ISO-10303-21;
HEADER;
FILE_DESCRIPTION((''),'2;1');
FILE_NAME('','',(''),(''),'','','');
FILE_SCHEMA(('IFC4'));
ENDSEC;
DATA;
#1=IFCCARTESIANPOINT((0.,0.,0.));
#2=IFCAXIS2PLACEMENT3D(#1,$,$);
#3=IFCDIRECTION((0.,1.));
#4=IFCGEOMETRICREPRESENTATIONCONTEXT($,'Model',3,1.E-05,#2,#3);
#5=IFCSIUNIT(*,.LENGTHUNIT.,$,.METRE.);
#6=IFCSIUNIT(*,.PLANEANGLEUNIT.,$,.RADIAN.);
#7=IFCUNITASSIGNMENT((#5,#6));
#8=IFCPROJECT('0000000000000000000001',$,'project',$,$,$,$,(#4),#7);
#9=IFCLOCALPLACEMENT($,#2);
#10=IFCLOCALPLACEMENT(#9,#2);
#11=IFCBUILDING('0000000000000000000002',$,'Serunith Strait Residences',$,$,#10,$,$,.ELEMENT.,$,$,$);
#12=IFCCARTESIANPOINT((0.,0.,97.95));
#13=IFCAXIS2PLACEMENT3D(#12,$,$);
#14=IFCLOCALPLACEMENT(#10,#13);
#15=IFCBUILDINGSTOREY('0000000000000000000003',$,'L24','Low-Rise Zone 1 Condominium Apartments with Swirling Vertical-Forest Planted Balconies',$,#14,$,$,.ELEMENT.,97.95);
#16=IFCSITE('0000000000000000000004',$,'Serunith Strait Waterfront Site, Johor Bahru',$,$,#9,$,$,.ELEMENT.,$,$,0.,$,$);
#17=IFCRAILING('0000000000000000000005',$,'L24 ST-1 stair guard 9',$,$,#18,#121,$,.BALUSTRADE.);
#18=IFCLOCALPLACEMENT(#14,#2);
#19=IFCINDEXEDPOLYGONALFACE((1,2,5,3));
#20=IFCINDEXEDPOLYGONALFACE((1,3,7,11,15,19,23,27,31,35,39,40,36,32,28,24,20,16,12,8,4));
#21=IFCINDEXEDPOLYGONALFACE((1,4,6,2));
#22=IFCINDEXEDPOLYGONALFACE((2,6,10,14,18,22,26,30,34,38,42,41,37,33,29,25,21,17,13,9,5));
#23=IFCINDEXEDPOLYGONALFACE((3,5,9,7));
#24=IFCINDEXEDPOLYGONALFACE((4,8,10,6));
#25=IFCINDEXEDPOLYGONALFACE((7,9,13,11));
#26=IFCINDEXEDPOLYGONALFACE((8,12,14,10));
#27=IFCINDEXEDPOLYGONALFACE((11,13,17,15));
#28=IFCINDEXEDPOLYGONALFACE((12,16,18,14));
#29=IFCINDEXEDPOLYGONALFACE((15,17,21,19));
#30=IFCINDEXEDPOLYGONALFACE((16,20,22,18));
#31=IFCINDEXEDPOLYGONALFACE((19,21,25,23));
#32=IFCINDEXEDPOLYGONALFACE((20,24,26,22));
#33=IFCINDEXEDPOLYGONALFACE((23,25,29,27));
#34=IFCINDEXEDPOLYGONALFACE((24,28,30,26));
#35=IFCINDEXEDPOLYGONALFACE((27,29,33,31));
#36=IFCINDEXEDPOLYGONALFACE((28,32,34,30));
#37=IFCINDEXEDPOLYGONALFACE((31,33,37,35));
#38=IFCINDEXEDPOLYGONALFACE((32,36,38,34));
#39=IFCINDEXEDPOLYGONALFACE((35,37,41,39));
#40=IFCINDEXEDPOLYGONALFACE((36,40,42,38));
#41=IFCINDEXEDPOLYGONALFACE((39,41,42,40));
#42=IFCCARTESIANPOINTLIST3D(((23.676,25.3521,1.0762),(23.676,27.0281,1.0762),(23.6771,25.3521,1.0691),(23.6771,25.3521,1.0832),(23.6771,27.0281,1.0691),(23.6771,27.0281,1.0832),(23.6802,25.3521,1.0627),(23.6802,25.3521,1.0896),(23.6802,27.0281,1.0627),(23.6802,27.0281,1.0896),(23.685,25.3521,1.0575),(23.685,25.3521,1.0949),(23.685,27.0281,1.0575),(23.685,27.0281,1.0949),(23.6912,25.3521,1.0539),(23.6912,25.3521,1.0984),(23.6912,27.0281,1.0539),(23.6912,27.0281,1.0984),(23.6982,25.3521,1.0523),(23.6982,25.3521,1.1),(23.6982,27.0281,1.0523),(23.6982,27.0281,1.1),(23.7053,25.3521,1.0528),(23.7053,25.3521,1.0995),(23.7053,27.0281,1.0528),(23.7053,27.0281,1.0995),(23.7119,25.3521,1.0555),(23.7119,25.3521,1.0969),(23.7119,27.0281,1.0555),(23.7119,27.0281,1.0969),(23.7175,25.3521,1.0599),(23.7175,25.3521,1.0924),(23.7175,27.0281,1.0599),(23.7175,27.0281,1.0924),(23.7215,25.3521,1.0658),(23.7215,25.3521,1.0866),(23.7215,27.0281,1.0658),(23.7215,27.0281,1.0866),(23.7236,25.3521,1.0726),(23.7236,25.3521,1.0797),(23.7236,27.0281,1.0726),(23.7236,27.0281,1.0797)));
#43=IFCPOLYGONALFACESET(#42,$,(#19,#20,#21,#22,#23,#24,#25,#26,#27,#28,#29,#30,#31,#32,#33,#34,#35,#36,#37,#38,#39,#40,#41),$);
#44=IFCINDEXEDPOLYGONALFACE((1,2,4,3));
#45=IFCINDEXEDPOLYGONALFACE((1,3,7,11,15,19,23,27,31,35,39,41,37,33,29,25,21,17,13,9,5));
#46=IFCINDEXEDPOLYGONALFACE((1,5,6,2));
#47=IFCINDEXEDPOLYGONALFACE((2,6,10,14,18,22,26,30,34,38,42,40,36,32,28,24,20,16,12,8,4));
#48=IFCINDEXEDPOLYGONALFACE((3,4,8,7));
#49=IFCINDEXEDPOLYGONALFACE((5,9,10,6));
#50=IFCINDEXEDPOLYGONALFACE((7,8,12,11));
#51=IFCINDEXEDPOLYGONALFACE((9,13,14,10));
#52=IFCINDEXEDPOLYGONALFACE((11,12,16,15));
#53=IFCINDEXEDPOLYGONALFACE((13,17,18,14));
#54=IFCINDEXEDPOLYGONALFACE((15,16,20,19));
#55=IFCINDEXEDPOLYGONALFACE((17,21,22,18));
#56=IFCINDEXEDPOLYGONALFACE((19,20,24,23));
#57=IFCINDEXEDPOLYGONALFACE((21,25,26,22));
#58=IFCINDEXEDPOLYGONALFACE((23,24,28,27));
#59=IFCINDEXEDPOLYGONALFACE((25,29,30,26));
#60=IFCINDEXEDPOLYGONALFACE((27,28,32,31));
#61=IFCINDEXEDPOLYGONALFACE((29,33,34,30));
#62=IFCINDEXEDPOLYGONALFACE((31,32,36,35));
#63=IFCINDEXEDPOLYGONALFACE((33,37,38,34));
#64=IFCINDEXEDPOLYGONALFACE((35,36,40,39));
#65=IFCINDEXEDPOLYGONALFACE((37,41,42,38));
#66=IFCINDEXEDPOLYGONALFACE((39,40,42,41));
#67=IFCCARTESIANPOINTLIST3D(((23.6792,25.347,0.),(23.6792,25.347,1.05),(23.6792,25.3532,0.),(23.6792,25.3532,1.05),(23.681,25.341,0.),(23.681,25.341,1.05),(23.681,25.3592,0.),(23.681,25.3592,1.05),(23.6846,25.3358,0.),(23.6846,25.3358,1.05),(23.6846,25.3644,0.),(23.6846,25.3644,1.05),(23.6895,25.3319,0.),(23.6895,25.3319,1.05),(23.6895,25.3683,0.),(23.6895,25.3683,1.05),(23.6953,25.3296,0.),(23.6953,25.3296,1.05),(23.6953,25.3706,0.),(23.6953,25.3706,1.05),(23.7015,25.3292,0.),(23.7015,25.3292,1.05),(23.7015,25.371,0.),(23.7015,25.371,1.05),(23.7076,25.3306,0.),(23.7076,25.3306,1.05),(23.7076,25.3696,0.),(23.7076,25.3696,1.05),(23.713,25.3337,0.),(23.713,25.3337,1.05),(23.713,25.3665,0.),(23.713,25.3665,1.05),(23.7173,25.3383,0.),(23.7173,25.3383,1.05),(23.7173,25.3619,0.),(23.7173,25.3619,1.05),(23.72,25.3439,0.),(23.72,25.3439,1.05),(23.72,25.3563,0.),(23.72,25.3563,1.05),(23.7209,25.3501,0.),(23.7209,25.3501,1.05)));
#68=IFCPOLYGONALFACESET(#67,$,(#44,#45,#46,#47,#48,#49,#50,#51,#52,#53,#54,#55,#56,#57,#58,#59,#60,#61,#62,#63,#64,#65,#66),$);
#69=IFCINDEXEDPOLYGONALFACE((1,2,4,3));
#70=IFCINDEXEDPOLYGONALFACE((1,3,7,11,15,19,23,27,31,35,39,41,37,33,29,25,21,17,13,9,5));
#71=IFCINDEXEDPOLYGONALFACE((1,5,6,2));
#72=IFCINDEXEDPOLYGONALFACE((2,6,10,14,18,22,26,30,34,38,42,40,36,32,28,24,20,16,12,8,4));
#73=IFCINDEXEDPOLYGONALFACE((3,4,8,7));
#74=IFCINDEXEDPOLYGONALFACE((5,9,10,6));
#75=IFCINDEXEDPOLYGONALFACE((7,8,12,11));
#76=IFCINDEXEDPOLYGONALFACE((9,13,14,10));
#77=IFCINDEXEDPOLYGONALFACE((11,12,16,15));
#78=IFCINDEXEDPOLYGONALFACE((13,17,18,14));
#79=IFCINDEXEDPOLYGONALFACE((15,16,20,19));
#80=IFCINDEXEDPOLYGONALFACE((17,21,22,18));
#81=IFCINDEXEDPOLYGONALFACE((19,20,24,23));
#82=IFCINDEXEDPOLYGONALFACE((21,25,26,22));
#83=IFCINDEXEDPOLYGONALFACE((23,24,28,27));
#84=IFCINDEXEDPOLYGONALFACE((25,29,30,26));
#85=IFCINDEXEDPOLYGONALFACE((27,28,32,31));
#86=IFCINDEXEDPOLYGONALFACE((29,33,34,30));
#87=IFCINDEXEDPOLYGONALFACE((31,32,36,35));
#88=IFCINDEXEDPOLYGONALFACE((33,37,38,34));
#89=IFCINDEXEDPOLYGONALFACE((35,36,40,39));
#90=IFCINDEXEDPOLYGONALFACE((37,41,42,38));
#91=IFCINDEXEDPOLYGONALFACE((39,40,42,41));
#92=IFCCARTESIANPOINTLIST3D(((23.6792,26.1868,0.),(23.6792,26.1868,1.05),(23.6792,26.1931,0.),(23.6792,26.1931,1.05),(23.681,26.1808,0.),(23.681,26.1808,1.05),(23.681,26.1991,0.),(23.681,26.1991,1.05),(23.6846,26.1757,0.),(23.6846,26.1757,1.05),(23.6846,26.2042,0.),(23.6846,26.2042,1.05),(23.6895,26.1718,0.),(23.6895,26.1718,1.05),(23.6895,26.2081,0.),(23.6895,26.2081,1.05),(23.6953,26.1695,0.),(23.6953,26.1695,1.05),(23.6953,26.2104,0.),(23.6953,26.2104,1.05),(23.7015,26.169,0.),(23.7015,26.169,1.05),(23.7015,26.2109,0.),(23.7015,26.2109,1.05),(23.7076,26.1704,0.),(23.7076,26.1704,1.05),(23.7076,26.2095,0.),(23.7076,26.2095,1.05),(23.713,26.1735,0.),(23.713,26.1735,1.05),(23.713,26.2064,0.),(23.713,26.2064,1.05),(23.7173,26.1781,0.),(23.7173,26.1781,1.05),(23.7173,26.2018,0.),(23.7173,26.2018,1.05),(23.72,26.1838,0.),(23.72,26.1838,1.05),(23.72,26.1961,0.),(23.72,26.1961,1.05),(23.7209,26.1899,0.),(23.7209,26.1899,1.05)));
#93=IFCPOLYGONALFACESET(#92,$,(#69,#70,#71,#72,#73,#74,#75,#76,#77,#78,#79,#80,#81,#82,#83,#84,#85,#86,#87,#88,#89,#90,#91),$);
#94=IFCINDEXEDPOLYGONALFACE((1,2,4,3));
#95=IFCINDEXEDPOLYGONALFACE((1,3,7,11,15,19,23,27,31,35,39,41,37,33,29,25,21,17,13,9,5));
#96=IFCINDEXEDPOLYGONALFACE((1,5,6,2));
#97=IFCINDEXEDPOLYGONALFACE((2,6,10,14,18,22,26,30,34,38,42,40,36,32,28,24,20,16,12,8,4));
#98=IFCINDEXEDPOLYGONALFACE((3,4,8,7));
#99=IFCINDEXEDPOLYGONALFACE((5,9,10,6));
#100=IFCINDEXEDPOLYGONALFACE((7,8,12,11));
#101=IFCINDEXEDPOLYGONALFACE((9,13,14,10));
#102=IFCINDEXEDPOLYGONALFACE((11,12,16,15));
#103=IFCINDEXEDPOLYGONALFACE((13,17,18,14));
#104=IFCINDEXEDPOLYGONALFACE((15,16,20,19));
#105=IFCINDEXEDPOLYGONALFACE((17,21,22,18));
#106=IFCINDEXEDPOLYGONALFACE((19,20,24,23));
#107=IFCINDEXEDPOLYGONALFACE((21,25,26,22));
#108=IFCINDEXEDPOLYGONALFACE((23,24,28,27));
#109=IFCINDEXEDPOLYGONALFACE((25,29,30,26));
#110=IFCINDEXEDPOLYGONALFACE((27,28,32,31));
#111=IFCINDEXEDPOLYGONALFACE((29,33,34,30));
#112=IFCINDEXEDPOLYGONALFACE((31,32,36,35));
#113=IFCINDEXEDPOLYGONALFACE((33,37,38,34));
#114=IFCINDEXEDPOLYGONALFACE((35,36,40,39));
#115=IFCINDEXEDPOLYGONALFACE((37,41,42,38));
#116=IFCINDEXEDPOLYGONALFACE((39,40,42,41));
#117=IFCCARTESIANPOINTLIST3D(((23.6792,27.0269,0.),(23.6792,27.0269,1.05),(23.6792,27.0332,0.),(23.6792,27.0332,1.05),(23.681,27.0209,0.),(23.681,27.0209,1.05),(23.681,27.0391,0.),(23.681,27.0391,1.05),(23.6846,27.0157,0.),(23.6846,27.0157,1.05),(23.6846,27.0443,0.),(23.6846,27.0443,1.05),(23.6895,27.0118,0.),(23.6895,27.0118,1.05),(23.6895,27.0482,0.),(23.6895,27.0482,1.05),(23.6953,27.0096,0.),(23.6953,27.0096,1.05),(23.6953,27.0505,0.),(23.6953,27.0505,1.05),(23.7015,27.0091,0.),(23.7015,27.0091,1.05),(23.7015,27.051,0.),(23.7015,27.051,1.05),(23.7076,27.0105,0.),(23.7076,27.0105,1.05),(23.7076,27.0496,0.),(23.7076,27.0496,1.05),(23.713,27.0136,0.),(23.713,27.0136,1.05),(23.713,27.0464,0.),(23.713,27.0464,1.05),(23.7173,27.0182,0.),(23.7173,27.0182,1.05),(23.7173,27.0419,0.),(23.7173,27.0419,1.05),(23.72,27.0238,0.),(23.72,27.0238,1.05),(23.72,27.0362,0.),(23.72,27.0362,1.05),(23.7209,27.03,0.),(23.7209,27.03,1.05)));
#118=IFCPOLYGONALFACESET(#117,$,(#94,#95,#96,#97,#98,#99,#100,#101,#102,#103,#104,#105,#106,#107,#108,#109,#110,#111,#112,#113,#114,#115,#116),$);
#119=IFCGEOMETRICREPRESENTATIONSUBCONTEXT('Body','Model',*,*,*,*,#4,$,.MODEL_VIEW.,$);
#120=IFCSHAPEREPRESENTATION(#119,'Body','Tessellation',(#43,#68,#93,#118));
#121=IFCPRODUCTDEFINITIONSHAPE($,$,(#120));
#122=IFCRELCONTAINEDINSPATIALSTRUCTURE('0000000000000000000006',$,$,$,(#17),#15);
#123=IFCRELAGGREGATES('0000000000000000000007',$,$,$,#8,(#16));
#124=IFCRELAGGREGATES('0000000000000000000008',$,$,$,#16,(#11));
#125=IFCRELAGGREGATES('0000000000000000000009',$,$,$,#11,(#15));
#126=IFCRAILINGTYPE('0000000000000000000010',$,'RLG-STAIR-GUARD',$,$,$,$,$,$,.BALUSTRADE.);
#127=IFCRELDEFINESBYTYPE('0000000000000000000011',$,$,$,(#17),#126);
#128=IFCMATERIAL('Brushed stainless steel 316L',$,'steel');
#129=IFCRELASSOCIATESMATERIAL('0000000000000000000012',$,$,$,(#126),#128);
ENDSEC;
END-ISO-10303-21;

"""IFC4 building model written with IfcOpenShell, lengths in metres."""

from ifc_helpers import new_model, si_unit, direction, frame, origin, origin_2d, place, context, subcontext, project, spatial, circle, extrude, material, type_object, element, save


model = new_model("IFC4")

# Units and contexts
model_context = context("Model", 3, precision=1e-05, world=origin(), true_north=direction((0.0, 1.0)))
body_context = subcontext(model_context, "Body", "Model", "MODEL_VIEW")
ifc_project = project(units=[si_unit("LENGTHUNIT", "METRE"), si_unit("PLANEANGLEUNIT", "RADIAN")], contexts=[model_context])

# Site, building, storey
site_placement = place(None, origin())
site = spatial("IfcSite", under=ifc_project, at=site_placement, Name="Serunith Strait Waterfront Site, Johor Bahru", CompositionType="ELEMENT", RefElevation=0.0)
building_placement = place(site_placement, origin())
building = spatial("IfcBuilding", under=site, at=building_placement, Name="Serunith Strait Residences", CompositionType="ELEMENT")
storey_placement = place(building_placement, frame((0.0, 0.0, 97.95)))
storey = spatial("IfcBuildingStorey", under=building, at=storey_placement, Name="L24", Description="Low-Rise Zone 1 Condominium Apartments with Swirling Vertical-Forest Planted Balconies", CompositionType="ELEMENT", Elevation=97.95)

# Railing
ifc_material_1 = material(Name="Brushed stainless steel 316L", Category="steel")
railing_type_1 = type_object("IfcRailingType", Name="RLG-STAIR-GUARD", PredefinedType="BALUSTRADE", material=ifc_material_1)
for number, where, name in (
    (1, (23.7, 25.3501, 0.0), "L24 ST-1 stair guard 9"),
):
    element("IfcRailing", number, at=place(storey_placement, frame(where)), inside=storey, type_object=railing_type_1, Name=name, PredefinedType="BALUSTRADE", context=body_context, shape_type="SweptSolid", body=[
        extrude(circle(Radius=0.0239, at=origin_2d()), frame((0.0, 0.002, 1.0762), z_axis=(0.0, 1.0, 0.0), x_axis=(-1.0, 0.0, 0.0)), (0.0, 0.0, 1.0), 1.676),
        extrude(circle(Radius=0.021, at=origin_2d()), origin(), (0.0, 0.0, 1.0), 1.05),
        extrude(circle(Radius=0.021, at=origin_2d()), frame((0.0, 0.8398, 0.0)), (0.0, 0.0, 1.0), 1.05),
        extrude(circle(Radius=0.021, at=origin_2d()), frame((0.0, 1.6799, 0.0)), (0.0, 0.0, 1.0), 1.05),
    ])

save(model, "model.ifc")
